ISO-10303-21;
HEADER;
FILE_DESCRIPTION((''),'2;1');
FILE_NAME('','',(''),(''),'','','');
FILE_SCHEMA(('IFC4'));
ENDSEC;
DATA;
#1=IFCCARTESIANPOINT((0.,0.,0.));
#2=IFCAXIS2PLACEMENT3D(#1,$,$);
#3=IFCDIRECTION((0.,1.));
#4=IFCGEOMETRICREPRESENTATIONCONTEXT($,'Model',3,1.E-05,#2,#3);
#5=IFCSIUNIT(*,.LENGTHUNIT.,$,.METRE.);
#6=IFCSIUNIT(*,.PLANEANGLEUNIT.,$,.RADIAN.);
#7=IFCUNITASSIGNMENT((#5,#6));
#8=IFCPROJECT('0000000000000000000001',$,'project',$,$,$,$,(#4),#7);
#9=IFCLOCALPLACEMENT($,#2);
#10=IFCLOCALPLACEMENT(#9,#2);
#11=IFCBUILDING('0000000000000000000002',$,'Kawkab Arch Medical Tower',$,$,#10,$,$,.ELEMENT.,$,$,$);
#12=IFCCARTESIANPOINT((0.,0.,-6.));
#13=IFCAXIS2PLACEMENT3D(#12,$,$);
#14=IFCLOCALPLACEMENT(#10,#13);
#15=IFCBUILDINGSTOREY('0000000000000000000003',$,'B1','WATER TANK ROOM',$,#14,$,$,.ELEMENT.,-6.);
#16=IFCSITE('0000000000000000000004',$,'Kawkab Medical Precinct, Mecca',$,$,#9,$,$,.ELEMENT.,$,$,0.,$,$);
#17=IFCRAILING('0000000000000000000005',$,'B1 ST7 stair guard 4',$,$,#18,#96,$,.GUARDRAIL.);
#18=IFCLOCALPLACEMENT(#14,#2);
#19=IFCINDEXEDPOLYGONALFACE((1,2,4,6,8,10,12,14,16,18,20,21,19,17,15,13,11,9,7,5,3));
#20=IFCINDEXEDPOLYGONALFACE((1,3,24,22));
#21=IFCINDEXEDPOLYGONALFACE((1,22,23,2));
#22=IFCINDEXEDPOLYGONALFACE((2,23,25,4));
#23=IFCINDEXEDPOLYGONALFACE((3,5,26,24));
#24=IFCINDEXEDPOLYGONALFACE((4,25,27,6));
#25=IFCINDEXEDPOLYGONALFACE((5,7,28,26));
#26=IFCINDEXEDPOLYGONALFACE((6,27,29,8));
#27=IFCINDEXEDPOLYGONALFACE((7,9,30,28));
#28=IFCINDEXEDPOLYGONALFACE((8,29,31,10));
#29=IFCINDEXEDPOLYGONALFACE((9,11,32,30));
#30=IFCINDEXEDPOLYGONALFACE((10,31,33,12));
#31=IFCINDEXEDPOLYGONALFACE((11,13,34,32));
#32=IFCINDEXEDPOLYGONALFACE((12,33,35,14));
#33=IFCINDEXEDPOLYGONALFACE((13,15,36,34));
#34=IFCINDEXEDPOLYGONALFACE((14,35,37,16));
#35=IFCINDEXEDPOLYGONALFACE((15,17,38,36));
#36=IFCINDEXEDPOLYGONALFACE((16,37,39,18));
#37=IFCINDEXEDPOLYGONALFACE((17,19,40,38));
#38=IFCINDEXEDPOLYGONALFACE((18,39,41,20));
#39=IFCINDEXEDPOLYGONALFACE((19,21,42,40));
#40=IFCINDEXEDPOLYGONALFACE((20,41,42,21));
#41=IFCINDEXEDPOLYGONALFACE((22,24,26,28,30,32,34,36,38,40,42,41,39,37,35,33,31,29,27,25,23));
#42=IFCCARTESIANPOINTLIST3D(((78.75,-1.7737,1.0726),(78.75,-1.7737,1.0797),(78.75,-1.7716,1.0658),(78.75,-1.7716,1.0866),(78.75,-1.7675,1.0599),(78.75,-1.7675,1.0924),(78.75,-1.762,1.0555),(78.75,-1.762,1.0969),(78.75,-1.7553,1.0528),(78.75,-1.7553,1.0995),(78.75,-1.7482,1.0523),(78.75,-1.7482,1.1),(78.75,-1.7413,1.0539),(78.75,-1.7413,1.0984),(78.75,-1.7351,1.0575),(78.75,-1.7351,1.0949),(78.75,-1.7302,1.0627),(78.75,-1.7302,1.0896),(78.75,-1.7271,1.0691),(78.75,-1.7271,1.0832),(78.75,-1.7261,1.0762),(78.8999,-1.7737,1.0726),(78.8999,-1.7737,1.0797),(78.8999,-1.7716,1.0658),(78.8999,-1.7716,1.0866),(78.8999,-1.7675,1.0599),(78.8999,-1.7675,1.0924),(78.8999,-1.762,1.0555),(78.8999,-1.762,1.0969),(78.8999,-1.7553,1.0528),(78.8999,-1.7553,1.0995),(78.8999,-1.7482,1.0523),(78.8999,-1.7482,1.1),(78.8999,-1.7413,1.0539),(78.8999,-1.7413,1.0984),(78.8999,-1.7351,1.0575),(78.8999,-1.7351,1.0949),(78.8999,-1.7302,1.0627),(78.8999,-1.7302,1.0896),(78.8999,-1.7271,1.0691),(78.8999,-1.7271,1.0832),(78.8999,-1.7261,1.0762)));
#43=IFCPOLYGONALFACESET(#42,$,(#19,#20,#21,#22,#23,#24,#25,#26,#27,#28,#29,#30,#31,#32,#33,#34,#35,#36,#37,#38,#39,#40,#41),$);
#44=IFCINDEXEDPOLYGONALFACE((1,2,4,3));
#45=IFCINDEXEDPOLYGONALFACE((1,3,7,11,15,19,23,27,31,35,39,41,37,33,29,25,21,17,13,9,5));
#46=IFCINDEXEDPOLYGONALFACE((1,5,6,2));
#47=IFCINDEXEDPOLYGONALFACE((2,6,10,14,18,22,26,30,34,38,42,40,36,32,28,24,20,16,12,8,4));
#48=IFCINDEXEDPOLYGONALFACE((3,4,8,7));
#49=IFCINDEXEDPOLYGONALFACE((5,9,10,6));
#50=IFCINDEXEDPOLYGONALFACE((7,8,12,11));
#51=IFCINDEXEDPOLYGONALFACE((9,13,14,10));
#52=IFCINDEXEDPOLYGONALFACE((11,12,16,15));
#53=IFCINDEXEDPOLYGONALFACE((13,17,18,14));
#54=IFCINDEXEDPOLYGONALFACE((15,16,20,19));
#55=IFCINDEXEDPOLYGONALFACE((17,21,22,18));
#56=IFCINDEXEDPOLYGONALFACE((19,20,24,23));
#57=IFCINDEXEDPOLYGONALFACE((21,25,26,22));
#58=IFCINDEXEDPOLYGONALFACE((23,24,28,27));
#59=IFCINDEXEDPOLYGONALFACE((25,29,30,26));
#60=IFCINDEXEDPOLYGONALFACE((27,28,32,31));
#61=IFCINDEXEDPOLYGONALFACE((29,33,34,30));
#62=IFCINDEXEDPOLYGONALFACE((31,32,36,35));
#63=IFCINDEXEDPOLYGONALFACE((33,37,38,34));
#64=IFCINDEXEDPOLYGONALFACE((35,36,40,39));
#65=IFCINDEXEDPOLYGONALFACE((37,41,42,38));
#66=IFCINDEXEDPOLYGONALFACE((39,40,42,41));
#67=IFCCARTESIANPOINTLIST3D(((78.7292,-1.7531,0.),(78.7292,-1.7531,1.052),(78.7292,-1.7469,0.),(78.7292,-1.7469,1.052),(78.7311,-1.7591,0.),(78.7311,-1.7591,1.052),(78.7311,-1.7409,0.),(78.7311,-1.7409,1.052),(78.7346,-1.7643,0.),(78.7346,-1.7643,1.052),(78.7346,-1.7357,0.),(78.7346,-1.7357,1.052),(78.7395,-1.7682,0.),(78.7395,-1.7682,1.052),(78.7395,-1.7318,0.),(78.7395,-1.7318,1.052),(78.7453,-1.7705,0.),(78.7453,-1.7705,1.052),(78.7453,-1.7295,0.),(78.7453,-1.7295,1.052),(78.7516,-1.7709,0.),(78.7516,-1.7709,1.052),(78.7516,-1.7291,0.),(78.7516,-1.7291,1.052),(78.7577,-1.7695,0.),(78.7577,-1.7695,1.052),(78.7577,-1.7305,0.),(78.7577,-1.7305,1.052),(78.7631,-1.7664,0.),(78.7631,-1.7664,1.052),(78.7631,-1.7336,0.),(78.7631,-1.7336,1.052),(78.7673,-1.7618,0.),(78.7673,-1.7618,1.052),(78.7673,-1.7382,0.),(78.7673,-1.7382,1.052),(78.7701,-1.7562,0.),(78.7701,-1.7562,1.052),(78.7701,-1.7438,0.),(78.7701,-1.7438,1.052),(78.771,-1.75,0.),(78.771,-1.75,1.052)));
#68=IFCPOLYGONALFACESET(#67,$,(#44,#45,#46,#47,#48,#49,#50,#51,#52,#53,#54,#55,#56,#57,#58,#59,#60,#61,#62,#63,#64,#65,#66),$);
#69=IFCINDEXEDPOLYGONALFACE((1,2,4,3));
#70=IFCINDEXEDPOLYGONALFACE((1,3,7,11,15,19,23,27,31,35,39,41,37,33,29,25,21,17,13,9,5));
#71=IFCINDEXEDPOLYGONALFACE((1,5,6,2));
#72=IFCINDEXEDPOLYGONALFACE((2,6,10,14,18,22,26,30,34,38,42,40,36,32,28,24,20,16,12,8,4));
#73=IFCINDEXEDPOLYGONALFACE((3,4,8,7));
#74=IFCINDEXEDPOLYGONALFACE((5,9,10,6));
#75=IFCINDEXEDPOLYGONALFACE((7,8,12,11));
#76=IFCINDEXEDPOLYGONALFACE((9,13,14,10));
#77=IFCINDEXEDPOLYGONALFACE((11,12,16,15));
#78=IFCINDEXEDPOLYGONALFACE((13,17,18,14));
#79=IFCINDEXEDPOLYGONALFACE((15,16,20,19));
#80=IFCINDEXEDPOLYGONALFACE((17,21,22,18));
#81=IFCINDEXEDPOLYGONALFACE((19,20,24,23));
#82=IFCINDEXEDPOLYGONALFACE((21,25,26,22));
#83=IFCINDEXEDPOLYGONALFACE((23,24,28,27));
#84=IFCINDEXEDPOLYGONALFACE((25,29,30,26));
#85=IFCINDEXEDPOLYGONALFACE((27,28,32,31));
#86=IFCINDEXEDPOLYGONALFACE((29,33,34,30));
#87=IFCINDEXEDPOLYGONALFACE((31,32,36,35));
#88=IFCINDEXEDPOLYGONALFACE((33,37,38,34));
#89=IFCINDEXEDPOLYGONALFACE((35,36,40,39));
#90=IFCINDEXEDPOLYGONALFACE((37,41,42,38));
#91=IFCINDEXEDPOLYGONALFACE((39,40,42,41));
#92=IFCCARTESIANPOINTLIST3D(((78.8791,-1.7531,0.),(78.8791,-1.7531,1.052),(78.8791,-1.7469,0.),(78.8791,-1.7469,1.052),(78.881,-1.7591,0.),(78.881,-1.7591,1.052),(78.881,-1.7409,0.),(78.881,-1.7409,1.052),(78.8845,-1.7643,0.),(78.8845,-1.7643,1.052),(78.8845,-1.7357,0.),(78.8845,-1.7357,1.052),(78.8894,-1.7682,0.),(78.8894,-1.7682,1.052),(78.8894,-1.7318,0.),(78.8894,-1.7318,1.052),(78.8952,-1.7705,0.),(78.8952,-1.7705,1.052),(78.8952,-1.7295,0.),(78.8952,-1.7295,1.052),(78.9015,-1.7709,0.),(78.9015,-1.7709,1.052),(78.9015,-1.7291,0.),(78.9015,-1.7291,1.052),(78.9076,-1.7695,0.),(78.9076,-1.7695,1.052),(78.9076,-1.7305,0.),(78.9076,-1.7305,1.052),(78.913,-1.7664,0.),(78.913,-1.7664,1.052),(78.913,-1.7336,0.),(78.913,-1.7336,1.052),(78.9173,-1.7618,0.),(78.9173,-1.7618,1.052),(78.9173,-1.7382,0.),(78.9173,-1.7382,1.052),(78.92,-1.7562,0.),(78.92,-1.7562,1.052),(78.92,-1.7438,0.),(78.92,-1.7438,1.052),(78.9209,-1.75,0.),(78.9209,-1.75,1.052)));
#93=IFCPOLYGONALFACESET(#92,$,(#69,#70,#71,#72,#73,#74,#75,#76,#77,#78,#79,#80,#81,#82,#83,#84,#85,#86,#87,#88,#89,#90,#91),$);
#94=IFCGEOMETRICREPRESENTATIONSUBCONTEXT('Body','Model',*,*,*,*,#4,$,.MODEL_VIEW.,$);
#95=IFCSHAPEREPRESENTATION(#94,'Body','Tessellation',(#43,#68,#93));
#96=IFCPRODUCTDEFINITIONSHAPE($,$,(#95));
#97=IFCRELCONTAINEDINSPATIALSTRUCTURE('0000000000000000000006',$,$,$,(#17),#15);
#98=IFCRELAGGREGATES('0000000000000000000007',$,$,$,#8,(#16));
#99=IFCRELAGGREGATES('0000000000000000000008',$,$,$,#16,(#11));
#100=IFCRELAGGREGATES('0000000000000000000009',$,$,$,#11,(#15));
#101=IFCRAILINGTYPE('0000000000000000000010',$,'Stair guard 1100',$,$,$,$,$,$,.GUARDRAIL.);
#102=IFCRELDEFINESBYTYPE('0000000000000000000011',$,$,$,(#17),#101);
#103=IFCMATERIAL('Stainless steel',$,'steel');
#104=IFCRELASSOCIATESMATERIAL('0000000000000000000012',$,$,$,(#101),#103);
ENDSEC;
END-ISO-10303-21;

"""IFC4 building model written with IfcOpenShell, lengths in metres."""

from ifc_helpers import new_model, si_unit, direction, frame, origin, origin_2d, place, context, subcontext, project, spatial, circle, extrude, material, type_object, element, save


model = new_model("IFC4")

# Units and contexts
model_context = context("Model", 3, precision=1e-05, world=origin(), true_north=direction((0.0, 1.0)))
body_context = subcontext(model_context, "Body", "Model", "MODEL_VIEW")
ifc_project = project(units=[si_unit("LENGTHUNIT", "METRE"), si_unit("PLANEANGLEUNIT", "RADIAN")], contexts=[model_context])

# Site, building, storey
site_placement = place(None, origin())
site = spatial("IfcSite", under=ifc_project, at=site_placement, Name="Kawkab Medical Precinct, Mecca", CompositionType="ELEMENT", RefElevation=0.0)
building_placement = place(site_placement, origin())
building = spatial("IfcBuilding", under=site, at=building_placement, Name="Kawkab Arch Medical Tower", CompositionType="ELEMENT")
storey_placement = place(building_placement, frame((0.0, 0.0, -6.0)))
storey = spatial("IfcBuildingStorey", under=building, at=storey_placement, Name="B1", Description="WATER TANK ROOM", CompositionType="ELEMENT", Elevation=-6.0)

# Railing
ifc_material_1 = material(Name="Stainless steel", Category="steel")
railing_type = type_object("IfcRailingType", Name="Stair guard 1100", PredefinedType="GUARDRAIL", material=ifc_material_1)
railing_1_placement = place(storey_placement, frame((78.75, -1.75, 0.0)))
element("IfcRailing", 1, at=railing_1_placement, inside=storey, type_object=railing_type, Name="B1 ST7 stair guard 4", PredefinedType="GUARDRAIL", context=body_context, shape_type="SweptSolid", body=[
    extrude(circle(Radius=0.0239, at=origin_2d()), frame((0.0, 0.0, 1.0762), z_axis=(1.0, 0.0, 0.0), x_axis=(0.0, 1.0, 0.0)), (0.0, 0.0, 1.0), 0.1499),
    extrude(circle(Radius=0.021, at=origin_2d()), origin(), (0.0, 0.0, 1.0), 1.052),
    extrude(circle(Radius=0.021, at=origin_2d()), frame((0.1499, 0.0, 0.0)), (0.0, 0.0, 1.0), 1.052),
])

save(model, "model.ifc")
